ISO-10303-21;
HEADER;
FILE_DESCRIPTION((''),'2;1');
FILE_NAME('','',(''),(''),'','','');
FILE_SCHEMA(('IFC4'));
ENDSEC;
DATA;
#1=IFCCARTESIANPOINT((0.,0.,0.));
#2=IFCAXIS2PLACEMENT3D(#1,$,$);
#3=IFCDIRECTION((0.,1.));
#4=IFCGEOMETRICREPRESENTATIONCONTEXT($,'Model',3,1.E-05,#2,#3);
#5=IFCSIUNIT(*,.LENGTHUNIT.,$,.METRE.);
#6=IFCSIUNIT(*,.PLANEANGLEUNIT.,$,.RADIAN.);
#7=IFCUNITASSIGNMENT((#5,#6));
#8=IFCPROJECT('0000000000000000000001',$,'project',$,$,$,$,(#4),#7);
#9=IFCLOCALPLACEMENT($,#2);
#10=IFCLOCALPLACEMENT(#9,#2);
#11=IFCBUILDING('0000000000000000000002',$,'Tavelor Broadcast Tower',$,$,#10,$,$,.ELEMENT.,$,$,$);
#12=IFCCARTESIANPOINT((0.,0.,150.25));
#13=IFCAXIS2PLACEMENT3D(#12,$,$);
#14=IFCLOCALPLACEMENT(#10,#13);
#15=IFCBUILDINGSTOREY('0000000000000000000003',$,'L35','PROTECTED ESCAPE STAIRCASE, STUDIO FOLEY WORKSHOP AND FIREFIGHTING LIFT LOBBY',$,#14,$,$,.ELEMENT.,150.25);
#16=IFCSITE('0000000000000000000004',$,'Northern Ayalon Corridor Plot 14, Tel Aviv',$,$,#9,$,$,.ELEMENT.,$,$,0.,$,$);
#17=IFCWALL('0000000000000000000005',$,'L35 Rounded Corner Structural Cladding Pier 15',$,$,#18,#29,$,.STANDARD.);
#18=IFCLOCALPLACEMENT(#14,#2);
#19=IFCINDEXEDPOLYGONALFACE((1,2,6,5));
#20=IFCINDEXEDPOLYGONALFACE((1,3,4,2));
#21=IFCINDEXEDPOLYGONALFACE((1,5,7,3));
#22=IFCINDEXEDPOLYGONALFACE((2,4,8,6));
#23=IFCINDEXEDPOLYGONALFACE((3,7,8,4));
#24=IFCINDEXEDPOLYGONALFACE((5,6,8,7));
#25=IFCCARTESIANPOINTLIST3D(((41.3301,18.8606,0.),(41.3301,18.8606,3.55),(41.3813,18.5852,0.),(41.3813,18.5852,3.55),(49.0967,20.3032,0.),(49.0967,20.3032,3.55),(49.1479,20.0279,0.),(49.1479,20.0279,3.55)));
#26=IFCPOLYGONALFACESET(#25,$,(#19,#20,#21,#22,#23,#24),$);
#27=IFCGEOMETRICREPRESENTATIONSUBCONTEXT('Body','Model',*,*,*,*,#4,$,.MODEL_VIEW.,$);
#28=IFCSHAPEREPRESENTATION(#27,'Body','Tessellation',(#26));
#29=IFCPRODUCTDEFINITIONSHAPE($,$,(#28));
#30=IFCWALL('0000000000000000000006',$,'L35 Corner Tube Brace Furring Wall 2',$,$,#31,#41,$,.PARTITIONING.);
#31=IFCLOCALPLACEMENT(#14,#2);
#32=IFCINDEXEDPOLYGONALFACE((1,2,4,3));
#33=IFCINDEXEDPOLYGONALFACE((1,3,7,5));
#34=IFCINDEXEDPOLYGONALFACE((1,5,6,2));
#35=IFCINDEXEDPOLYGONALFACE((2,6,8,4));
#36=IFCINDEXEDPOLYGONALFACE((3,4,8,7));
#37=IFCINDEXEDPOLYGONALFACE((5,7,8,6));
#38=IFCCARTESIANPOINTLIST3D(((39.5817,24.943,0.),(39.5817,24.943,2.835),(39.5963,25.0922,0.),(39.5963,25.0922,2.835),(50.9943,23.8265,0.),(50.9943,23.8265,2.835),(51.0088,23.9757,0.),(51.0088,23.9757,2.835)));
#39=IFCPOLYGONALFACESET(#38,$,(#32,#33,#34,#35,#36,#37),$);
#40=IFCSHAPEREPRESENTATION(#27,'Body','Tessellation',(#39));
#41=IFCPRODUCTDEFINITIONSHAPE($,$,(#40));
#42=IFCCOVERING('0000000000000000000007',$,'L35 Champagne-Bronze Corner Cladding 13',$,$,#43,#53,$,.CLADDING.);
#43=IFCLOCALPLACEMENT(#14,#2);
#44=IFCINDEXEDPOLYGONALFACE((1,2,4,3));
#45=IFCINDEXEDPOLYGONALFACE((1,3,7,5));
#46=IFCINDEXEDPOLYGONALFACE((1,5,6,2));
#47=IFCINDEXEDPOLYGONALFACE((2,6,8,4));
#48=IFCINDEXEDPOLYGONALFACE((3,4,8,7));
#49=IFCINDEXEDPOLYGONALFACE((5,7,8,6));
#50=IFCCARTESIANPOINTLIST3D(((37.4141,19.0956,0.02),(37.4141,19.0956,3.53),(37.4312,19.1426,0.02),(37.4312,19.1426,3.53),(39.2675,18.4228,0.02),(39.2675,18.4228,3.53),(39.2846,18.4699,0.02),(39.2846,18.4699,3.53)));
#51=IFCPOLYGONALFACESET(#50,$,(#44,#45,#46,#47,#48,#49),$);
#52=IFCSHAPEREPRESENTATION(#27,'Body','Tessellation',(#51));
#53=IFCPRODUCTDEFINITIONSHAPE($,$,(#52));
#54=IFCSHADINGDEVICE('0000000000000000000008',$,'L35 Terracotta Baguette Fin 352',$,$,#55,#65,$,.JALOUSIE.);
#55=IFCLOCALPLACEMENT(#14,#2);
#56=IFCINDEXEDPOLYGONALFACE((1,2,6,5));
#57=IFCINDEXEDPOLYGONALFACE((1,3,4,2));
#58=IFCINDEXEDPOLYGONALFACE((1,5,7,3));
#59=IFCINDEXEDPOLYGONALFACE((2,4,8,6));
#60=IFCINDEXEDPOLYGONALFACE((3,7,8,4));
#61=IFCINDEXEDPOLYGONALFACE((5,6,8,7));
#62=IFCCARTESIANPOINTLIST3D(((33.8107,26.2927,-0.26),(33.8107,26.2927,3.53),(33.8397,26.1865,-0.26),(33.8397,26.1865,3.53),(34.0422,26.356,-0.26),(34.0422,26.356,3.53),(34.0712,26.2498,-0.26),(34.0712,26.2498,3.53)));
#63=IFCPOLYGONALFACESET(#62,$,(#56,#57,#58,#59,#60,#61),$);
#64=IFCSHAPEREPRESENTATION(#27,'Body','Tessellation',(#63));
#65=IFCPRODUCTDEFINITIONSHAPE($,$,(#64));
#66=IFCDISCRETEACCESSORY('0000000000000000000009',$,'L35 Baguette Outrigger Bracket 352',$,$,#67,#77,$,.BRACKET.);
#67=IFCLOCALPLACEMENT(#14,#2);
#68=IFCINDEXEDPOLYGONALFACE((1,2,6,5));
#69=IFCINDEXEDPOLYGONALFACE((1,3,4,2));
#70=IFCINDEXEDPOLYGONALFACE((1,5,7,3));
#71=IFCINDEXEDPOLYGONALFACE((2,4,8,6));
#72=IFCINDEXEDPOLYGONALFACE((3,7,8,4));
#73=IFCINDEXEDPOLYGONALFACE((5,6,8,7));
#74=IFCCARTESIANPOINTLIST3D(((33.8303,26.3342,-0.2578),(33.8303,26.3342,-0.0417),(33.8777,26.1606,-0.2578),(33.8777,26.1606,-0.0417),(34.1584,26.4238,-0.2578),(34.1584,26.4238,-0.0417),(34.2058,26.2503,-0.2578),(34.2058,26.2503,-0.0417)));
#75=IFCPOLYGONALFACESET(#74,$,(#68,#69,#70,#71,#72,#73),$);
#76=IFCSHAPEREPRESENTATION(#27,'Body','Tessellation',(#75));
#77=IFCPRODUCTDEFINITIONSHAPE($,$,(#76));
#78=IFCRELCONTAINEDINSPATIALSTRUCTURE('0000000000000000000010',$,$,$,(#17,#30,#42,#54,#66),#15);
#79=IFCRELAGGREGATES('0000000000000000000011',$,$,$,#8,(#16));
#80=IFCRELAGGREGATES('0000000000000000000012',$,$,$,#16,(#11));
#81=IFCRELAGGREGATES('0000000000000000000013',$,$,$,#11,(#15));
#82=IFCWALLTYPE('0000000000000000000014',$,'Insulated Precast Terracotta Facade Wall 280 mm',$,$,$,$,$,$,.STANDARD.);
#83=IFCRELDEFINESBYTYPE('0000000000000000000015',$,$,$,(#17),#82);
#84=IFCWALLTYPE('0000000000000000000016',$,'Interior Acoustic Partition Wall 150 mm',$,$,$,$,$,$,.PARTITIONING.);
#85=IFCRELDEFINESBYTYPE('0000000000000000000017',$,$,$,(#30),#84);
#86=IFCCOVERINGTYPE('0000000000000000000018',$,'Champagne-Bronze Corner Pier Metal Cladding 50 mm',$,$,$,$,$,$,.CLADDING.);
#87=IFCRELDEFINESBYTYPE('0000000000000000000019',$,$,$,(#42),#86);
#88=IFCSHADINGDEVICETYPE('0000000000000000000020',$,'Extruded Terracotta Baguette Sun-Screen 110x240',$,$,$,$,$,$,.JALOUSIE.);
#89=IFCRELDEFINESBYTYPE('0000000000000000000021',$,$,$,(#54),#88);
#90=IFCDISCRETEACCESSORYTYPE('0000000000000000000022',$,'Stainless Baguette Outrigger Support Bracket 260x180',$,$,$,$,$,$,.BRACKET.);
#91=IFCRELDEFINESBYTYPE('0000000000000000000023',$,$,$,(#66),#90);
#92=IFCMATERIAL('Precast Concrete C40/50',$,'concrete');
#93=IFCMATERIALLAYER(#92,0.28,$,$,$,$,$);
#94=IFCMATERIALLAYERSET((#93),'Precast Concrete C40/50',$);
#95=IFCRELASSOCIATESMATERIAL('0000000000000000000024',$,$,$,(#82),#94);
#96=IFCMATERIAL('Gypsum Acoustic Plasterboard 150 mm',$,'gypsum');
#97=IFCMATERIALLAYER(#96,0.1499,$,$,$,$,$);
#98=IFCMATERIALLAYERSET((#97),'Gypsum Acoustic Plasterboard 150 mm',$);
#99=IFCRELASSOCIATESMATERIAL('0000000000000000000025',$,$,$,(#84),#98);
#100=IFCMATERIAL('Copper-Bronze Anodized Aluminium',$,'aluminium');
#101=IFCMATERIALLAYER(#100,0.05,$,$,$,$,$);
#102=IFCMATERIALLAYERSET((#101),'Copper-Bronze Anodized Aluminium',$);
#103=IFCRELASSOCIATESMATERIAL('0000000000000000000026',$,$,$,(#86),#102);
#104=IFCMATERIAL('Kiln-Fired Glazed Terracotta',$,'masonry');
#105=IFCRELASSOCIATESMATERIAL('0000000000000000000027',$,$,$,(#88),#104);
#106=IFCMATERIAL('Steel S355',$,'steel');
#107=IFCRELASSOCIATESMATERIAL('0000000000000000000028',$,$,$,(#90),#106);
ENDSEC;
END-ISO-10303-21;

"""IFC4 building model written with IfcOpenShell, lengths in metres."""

from ifc_helpers import new_model, si_unit, direction, frame, frame_2d, origin, origin_2d, place, context, subcontext, project, spatial, rectangle, extrude, source, transform, mapped, material, layer, layer_set, type_object, type_shapes, element, save


model = new_model("IFC4")

# Units and contexts
model_context = context("Model", 3, precision=1e-05, world=origin(), true_north=direction((0.0, 1.0)))
body_context = subcontext(model_context, "Body", "Model", "MODEL_VIEW")
ifc_project = project(units=[si_unit("LENGTHUNIT", "METRE"), si_unit("PLANEANGLEUNIT", "RADIAN")], contexts=[model_context])

# Site, building, storey
site_placement = place(None, origin())
site = spatial("IfcSite", under=ifc_project, at=site_placement, Name="Northern Ayalon Corridor Plot 14, Tel Aviv", CompositionType="ELEMENT", RefElevation=0.0)
building_placement = place(site_placement, origin())
building = spatial("IfcBuilding", under=site, at=building_placement, Name="Tavelor Broadcast Tower", CompositionType="ELEMENT")
storey_placement = place(building_placement, frame((0.0, 0.0, 150.25)))
storey = spatial("IfcBuildingStorey", under=building, at=storey_placement, Name="L35", Description="PROTECTED ESCAPE STAIRCASE, STUDIO FOLEY WORKSHOP AND FIREFIGHTING LIFT LOBBY", CompositionType="ELEMENT", Elevation=150.25)

# Shared definitions
ifc_material_1 = material(Name="Steel S355", Category="steel")

# Walls
ifc_material_2 = material(Name="Precast Concrete C40/50", Category="concrete")
ifc_layer_1 = layer(ifc_material_2, 0.28)
ifc_layer_set_1 = layer_set([ifc_layer_1], Name="Precast Concrete C40/50")
wall_type_1 = type_object("IfcWallType", Name="Insulated Precast Terracotta Facade Wall 280 mm", PredefinedType="STANDARD", material=ifc_layer_set_1)
wall_1_placement = place(storey_placement, frame((41.3557, 18.7229, 0.0), z_axis=(0.0, 0.0, 1.0), x_axis=(0.983183, 0.182624, 0.0)))
element("IfcWall", 1, at=wall_1_placement, inside=storey, type_object=wall_type_1, Name="L35 Rounded Corner Structural Cladding Pier 15", PredefinedType="STANDARD", context=body_context, shape_type="SweptSolid", body=[
    extrude(rectangle(XDim=7.8994, YDim=0.28, at=frame_2d((3.9497, 0.0))), origin(), (0.0, 0.0, 1.0), 3.55),
])
ifc_material_3 = material(Name="Gypsum Acoustic Plasterboard 150 mm", Category="gypsum")
ifc_layer_2 = layer(ifc_material_3, 0.1499)
ifc_layer_set_2 = layer_set([ifc_layer_2], Name="Gypsum Acoustic Plasterboard 150 mm")
wall_type_2 = type_object("IfcWallType", Name="Interior Acoustic Partition Wall 150 mm", PredefinedType="PARTITIONING", material=ifc_layer_set_2)
wall_2_placement = place(storey_placement, frame((39.5891, 25.0176, 0.0), z_axis=(0.0, 0.0, 1.0), x_axis=(0.995249, -0.097362, 0.0)))
element("IfcWall", 2, at=wall_2_placement, inside=storey, type_object=wall_type_2, Name="L35 Corner Tube Brace Furring Wall 2", PredefinedType="PARTITIONING", context=body_context, shape_type="SweptSolid", body=[
    extrude(rectangle(XDim=11.467, YDim=0.1499, at=frame_2d((5.7334, 0.0))), origin(), (0.0, 0.0, 1.0), 2.835),
])

# Covering
ifc_material_4 = material(Name="Copper-Bronze Anodized Aluminium", Category="aluminium")
ifc_layer_3 = layer(ifc_material_4, 0.05)
ifc_layer_set_3 = layer_set([ifc_layer_3], Name="Copper-Bronze Anodized Aluminium")
covering_type = type_object("IfcCoveringType", Name="Champagne-Bronze Corner Pier Metal Cladding 50 mm", PredefinedType="CLADDING", material=ifc_layer_set_3)
covering_placement = place(storey_placement, frame((38.3494, 18.7827, 0.02), z_axis=(0.0, 0.0, 1.0), x_axis=(0.939991, -0.3412, 0.0)))
element("IfcCovering", 3, at=covering_placement, inside=storey, type_object=covering_type, Name="L35 Champagne-Bronze Corner Cladding 13", PredefinedType="CLADDING", context=body_context, shape_type="SweptSolid", body=[
    extrude(rectangle(XDim=1.9717, YDim=0.05, at=origin_2d()), origin(), (0.0, 0.0, 1.0), 3.51),
])

# Shading device
ifc_material_5 = material(Name="Kiln-Fired Glazed Terracotta", Category="masonry")
shading_device_type = type_object("IfcShadingDeviceType", Name="Extruded Terracotta Baguette Sun-Screen 110x240", PredefinedType="JALOUSIE", material=ifc_material_5)
shared_shape_1 = source(origin(), body_context, "Body", "SweptSolid", [
    extrude(rectangle(XDim=0.1101, YDim=0.24, at=origin_2d()), origin(), (0.0, 0.0, 1.0), 3.79),
])
type_shapes(shading_device_type, [shared_shape_1])
shading_device_placement = place(storey_placement, frame((33.9409, 26.2712, -0.26), z_axis=(0.0, 0.0, 1.0), x_axis=(0.263536, -0.964649, 0.0)))
element("IfcShadingDevice", 4, at=shading_device_placement, inside=storey, type_object=shading_device_type, Name="L35 Terracotta Baguette Fin 352", PredefinedType="JALOUSIE", context=body_context, shape_type="MappedRepresentation", body=[
    mapped(shared_shape_1, transform((0.0, 0.0, 0.0), scale=1.0)),
])

# Discrete accessory
discrete_accessory_type = type_object("IfcDiscreteAccessoryType", Name="Stainless Baguette Outrigger Support Bracket 260x180", PredefinedType="BRACKET", material=ifc_material_1)
shared_shape_2 = source(origin(), body_context, "Body", "SweptSolid", [
    extrude(rectangle(XDim=0.1799, YDim=0.3401, at=origin_2d()), origin(), (0.0, 0.0, 1.0), 0.2161),
])
type_shapes(discrete_accessory_type, [shared_shape_2])
discrete_accessory_placement = place(storey_placement, frame((34.0181, 26.2922, -0.2578), z_axis=(0.0, 0.0, 1.0), x_axis=(0.263536, -0.964649, 0.0)))
element("IfcDiscreteAccessory", 5, at=discrete_accessory_placement, inside=storey, type_object=discrete_accessory_type, Name="L35 Baguette Outrigger Bracket 352", PredefinedType="BRACKET", context=body_context, shape_type="MappedRepresentation", body=[
    mapped(shared_shape_2, transform((0.0, 0.0, 0.0), scale=1.0)),
])

save(model, "model.ifc")
